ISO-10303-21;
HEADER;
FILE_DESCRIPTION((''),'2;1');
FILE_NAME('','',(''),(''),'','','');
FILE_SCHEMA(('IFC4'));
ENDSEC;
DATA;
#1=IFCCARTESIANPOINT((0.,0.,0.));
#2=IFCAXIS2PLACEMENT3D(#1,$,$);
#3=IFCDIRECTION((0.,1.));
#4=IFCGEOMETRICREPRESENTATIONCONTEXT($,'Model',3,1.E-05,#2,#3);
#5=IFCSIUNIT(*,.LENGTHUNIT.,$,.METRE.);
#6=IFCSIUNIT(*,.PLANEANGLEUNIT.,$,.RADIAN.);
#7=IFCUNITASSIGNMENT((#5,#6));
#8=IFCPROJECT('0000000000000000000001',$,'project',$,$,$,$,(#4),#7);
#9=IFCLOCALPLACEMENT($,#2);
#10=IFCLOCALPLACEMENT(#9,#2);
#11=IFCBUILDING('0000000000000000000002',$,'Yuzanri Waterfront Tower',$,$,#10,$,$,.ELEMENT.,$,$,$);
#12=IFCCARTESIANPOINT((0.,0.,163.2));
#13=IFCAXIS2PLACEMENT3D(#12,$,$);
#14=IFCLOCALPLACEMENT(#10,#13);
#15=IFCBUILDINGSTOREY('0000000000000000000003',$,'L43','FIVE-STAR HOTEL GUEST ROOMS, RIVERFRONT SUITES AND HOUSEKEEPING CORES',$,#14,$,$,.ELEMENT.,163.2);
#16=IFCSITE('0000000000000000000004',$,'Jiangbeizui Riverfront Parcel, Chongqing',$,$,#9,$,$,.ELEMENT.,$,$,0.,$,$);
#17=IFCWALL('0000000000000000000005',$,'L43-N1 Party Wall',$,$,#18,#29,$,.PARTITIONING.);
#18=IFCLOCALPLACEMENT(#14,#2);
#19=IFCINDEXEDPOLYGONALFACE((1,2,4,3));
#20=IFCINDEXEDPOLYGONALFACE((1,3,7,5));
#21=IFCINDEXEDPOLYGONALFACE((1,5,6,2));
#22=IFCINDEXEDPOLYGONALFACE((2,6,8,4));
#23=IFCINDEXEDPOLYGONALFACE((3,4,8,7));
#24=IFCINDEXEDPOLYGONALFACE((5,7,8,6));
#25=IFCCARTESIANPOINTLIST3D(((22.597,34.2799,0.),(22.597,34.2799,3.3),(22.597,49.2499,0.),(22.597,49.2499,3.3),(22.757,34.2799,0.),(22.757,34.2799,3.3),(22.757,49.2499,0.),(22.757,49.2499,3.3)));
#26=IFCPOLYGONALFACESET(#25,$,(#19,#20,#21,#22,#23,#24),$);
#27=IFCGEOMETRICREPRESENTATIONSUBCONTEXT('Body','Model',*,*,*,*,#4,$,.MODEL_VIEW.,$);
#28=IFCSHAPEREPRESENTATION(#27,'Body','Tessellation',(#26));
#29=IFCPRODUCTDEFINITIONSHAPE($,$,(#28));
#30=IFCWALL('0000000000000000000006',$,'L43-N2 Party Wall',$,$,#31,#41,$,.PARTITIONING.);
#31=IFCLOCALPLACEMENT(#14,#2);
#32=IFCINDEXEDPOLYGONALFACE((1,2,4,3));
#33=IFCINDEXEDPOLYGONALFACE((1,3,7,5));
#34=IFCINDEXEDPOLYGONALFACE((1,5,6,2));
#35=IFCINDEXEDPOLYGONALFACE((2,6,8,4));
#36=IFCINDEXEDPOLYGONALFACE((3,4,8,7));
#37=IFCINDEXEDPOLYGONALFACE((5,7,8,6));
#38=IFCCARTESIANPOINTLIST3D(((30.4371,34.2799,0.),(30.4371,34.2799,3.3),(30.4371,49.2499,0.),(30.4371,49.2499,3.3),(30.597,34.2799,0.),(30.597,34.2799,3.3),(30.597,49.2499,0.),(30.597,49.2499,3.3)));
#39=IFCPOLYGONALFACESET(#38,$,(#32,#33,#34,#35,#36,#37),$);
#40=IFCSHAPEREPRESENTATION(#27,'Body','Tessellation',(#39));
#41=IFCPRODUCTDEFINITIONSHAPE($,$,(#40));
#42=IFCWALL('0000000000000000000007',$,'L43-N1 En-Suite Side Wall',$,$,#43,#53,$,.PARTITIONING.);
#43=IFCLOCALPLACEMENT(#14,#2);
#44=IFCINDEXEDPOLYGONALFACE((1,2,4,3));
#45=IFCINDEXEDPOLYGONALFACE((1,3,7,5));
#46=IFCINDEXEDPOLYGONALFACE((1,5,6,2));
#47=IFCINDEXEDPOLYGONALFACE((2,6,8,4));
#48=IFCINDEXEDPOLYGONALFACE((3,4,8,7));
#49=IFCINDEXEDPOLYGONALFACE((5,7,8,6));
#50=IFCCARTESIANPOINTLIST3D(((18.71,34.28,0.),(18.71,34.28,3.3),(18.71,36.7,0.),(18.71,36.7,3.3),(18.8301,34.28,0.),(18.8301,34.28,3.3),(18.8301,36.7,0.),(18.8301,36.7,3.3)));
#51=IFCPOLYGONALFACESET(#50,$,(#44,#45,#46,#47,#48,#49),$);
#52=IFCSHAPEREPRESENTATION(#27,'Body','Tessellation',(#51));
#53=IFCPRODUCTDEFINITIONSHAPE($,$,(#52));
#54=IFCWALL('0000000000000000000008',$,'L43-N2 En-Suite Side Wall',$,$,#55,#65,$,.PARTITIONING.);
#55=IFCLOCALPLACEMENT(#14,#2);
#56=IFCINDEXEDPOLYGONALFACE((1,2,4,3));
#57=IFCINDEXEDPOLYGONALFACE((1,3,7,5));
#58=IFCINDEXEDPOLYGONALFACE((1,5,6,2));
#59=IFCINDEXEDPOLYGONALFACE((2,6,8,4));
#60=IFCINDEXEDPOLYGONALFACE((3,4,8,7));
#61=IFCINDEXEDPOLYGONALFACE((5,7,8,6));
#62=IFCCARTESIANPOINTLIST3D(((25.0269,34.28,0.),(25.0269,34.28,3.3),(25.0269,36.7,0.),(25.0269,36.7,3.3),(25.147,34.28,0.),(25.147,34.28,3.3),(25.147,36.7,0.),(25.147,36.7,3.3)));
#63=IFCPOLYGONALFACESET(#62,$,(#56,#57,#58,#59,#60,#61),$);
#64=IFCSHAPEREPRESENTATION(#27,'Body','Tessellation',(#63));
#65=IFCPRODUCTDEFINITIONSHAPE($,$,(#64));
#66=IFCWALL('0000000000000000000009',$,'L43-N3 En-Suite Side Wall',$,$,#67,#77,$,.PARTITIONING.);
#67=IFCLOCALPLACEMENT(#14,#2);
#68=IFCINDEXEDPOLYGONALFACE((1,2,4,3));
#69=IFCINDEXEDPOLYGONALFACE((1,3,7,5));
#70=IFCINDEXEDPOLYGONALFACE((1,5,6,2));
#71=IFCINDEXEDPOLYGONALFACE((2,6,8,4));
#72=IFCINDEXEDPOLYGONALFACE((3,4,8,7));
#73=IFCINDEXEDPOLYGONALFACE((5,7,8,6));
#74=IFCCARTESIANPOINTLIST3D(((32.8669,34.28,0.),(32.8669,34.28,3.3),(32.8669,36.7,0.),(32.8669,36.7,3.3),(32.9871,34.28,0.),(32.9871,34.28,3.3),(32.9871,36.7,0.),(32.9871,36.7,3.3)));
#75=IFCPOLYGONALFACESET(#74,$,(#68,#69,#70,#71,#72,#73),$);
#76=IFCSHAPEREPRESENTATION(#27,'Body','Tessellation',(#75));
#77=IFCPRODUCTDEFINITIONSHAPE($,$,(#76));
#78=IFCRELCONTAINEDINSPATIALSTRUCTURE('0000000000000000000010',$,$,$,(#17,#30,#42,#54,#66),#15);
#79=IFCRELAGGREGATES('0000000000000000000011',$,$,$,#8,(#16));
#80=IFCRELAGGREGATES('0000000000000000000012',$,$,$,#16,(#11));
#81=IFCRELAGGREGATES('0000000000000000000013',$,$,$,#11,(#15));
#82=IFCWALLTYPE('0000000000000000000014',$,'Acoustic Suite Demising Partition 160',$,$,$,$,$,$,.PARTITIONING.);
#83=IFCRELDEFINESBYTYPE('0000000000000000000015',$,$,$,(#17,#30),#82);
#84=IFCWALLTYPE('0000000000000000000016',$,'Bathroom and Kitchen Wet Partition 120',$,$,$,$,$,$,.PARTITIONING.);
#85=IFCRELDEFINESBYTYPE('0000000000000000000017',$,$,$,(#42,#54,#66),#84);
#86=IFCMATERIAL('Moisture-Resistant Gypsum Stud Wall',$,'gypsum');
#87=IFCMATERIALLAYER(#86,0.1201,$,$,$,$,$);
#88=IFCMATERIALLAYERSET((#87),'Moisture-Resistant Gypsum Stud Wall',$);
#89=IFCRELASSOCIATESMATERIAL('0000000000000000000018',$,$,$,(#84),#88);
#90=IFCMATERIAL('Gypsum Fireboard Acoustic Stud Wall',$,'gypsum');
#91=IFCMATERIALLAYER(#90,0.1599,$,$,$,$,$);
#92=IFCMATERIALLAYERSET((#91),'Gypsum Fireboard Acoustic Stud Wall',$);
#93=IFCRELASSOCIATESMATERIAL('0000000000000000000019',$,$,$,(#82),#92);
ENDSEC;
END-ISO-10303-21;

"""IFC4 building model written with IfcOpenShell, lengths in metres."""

from ifc_helpers import new_model, si_unit, direction, frame, frame_2d, origin, place, context, subcontext, project, spatial, rectangle, extrude, source, transform, mapped, material, layer, layer_set, type_object, element, save


model = new_model("IFC4")

# Units and contexts
model_context = context("Model", 3, precision=1e-05, world=origin(), true_north=direction((0.0, 1.0)))
body_context = subcontext(model_context, "Body", "Model", "MODEL_VIEW")
ifc_project = project(units=[si_unit("LENGTHUNIT", "METRE"), si_unit("PLANEANGLEUNIT", "RADIAN")], contexts=[model_context])

# Site, building, storey
site_placement = place(None, origin())
site = spatial("IfcSite", under=ifc_project, at=site_placement, Name="Jiangbeizui Riverfront Parcel, Chongqing", CompositionType="ELEMENT", RefElevation=0.0)
building_placement = place(site_placement, origin())
building = spatial("IfcBuilding", under=site, at=building_placement, Name="Yuzanri Waterfront Tower", CompositionType="ELEMENT")
storey_placement = place(building_placement, frame((0.0, 0.0, 163.2)))
storey = spatial("IfcBuildingStorey", under=building, at=storey_placement, Name="L43", Description="FIVE-STAR HOTEL GUEST ROOMS, RIVERFRONT SUITES AND HOUSEKEEPING CORES", CompositionType="ELEMENT", Elevation=163.2)

# Shared definitions
ifc_material_1 = material(Name="Moisture-Resistant Gypsum Stud Wall", Category="gypsum")
ifc_layer_1 = layer(ifc_material_1, 0.1201)
ifc_layer_set_1 = layer_set([ifc_layer_1], Name="Moisture-Resistant Gypsum Stud Wall")
wall_type_1 = type_object("IfcWallType", Name="Bathroom and Kitchen Wet Partition 120", PredefinedType="PARTITIONING", material=ifc_layer_set_1)

# Walls
ifc_material_2 = material(Name="Gypsum Fireboard Acoustic Stud Wall", Category="gypsum")
ifc_layer_2 = layer(ifc_material_2, 0.1599)
ifc_layer_set_2 = layer_set([ifc_layer_2], Name="Gypsum Fireboard Acoustic Stud Wall")
wall_type_2 = type_object("IfcWallType", Name="Acoustic Suite Demising Partition 160", PredefinedType="PARTITIONING", material=ifc_layer_set_2)
shared_shape_1 = source(origin(), body_context, "Body", "SweptSolid", [
    extrude(rectangle(XDim=14.97, YDim=0.1599, at=frame_2d((7.4849, 0.0))), origin(), (0.0, 0.0, 1.0), 3.3),
])
for number, where, z_axis, x_axis, name in (
    (1, (22.677, 34.28, 0.0), (0.0, 0.0, 1.0), (0.0, 1.0, 0.0), "L43-N1 Party Wall"),
    (2, (30.5171, 34.28, 0.0), (0.0, 0.0, 1.0), (0.0, 1.0, 0.0), "L43-N2 Party Wall"),
):
    element("IfcWall", number, at=place(storey_placement, frame(where, z_axis=z_axis, x_axis=x_axis)), inside=storey, type_object=wall_type_2, Name=name, PredefinedType="PARTITIONING", context=body_context, shape_type="MappedRepresentation", body=[
        mapped(shared_shape_1, transform((0.0, 0.0, 0.0), scale=1.0)),
    ])
shared_shape_2 = source(origin(), body_context, "Body", "SweptSolid", [
    extrude(rectangle(XDim=2.4199, YDim=0.1201, at=frame_2d((1.21, 0.0))), origin(), (0.0, 0.0, 1.0), 3.3),
])
for number, where, z_axis, x_axis, name in (
    (3, (18.77, 34.28, 0.0), (0.0, 0.0, 1.0), (0.0, 1.0, 0.0), "L43-N1 En-Suite Side Wall"),
    (4, (25.0869, 34.28, 0.0), (0.0, 0.0, 1.0), (0.0, 1.0, 0.0), "L43-N2 En-Suite Side Wall"),
    (5, (32.927, 34.28, 0.0), (0.0, 0.0, 1.0), (0.0, 1.0, 0.0), "L43-N3 En-Suite Side Wall"),
):
    element("IfcWall", number, at=place(storey_placement, frame(where, z_axis=z_axis, x_axis=x_axis)), inside=storey, type_object=wall_type_1, Name=name, PredefinedType="PARTITIONING", context=body_context, shape_type="MappedRepresentation", body=[
        mapped(shared_shape_2, transform((0.0, 0.0, 0.0), scale=1.0)),
    ])

save(model, "model.ifc")
